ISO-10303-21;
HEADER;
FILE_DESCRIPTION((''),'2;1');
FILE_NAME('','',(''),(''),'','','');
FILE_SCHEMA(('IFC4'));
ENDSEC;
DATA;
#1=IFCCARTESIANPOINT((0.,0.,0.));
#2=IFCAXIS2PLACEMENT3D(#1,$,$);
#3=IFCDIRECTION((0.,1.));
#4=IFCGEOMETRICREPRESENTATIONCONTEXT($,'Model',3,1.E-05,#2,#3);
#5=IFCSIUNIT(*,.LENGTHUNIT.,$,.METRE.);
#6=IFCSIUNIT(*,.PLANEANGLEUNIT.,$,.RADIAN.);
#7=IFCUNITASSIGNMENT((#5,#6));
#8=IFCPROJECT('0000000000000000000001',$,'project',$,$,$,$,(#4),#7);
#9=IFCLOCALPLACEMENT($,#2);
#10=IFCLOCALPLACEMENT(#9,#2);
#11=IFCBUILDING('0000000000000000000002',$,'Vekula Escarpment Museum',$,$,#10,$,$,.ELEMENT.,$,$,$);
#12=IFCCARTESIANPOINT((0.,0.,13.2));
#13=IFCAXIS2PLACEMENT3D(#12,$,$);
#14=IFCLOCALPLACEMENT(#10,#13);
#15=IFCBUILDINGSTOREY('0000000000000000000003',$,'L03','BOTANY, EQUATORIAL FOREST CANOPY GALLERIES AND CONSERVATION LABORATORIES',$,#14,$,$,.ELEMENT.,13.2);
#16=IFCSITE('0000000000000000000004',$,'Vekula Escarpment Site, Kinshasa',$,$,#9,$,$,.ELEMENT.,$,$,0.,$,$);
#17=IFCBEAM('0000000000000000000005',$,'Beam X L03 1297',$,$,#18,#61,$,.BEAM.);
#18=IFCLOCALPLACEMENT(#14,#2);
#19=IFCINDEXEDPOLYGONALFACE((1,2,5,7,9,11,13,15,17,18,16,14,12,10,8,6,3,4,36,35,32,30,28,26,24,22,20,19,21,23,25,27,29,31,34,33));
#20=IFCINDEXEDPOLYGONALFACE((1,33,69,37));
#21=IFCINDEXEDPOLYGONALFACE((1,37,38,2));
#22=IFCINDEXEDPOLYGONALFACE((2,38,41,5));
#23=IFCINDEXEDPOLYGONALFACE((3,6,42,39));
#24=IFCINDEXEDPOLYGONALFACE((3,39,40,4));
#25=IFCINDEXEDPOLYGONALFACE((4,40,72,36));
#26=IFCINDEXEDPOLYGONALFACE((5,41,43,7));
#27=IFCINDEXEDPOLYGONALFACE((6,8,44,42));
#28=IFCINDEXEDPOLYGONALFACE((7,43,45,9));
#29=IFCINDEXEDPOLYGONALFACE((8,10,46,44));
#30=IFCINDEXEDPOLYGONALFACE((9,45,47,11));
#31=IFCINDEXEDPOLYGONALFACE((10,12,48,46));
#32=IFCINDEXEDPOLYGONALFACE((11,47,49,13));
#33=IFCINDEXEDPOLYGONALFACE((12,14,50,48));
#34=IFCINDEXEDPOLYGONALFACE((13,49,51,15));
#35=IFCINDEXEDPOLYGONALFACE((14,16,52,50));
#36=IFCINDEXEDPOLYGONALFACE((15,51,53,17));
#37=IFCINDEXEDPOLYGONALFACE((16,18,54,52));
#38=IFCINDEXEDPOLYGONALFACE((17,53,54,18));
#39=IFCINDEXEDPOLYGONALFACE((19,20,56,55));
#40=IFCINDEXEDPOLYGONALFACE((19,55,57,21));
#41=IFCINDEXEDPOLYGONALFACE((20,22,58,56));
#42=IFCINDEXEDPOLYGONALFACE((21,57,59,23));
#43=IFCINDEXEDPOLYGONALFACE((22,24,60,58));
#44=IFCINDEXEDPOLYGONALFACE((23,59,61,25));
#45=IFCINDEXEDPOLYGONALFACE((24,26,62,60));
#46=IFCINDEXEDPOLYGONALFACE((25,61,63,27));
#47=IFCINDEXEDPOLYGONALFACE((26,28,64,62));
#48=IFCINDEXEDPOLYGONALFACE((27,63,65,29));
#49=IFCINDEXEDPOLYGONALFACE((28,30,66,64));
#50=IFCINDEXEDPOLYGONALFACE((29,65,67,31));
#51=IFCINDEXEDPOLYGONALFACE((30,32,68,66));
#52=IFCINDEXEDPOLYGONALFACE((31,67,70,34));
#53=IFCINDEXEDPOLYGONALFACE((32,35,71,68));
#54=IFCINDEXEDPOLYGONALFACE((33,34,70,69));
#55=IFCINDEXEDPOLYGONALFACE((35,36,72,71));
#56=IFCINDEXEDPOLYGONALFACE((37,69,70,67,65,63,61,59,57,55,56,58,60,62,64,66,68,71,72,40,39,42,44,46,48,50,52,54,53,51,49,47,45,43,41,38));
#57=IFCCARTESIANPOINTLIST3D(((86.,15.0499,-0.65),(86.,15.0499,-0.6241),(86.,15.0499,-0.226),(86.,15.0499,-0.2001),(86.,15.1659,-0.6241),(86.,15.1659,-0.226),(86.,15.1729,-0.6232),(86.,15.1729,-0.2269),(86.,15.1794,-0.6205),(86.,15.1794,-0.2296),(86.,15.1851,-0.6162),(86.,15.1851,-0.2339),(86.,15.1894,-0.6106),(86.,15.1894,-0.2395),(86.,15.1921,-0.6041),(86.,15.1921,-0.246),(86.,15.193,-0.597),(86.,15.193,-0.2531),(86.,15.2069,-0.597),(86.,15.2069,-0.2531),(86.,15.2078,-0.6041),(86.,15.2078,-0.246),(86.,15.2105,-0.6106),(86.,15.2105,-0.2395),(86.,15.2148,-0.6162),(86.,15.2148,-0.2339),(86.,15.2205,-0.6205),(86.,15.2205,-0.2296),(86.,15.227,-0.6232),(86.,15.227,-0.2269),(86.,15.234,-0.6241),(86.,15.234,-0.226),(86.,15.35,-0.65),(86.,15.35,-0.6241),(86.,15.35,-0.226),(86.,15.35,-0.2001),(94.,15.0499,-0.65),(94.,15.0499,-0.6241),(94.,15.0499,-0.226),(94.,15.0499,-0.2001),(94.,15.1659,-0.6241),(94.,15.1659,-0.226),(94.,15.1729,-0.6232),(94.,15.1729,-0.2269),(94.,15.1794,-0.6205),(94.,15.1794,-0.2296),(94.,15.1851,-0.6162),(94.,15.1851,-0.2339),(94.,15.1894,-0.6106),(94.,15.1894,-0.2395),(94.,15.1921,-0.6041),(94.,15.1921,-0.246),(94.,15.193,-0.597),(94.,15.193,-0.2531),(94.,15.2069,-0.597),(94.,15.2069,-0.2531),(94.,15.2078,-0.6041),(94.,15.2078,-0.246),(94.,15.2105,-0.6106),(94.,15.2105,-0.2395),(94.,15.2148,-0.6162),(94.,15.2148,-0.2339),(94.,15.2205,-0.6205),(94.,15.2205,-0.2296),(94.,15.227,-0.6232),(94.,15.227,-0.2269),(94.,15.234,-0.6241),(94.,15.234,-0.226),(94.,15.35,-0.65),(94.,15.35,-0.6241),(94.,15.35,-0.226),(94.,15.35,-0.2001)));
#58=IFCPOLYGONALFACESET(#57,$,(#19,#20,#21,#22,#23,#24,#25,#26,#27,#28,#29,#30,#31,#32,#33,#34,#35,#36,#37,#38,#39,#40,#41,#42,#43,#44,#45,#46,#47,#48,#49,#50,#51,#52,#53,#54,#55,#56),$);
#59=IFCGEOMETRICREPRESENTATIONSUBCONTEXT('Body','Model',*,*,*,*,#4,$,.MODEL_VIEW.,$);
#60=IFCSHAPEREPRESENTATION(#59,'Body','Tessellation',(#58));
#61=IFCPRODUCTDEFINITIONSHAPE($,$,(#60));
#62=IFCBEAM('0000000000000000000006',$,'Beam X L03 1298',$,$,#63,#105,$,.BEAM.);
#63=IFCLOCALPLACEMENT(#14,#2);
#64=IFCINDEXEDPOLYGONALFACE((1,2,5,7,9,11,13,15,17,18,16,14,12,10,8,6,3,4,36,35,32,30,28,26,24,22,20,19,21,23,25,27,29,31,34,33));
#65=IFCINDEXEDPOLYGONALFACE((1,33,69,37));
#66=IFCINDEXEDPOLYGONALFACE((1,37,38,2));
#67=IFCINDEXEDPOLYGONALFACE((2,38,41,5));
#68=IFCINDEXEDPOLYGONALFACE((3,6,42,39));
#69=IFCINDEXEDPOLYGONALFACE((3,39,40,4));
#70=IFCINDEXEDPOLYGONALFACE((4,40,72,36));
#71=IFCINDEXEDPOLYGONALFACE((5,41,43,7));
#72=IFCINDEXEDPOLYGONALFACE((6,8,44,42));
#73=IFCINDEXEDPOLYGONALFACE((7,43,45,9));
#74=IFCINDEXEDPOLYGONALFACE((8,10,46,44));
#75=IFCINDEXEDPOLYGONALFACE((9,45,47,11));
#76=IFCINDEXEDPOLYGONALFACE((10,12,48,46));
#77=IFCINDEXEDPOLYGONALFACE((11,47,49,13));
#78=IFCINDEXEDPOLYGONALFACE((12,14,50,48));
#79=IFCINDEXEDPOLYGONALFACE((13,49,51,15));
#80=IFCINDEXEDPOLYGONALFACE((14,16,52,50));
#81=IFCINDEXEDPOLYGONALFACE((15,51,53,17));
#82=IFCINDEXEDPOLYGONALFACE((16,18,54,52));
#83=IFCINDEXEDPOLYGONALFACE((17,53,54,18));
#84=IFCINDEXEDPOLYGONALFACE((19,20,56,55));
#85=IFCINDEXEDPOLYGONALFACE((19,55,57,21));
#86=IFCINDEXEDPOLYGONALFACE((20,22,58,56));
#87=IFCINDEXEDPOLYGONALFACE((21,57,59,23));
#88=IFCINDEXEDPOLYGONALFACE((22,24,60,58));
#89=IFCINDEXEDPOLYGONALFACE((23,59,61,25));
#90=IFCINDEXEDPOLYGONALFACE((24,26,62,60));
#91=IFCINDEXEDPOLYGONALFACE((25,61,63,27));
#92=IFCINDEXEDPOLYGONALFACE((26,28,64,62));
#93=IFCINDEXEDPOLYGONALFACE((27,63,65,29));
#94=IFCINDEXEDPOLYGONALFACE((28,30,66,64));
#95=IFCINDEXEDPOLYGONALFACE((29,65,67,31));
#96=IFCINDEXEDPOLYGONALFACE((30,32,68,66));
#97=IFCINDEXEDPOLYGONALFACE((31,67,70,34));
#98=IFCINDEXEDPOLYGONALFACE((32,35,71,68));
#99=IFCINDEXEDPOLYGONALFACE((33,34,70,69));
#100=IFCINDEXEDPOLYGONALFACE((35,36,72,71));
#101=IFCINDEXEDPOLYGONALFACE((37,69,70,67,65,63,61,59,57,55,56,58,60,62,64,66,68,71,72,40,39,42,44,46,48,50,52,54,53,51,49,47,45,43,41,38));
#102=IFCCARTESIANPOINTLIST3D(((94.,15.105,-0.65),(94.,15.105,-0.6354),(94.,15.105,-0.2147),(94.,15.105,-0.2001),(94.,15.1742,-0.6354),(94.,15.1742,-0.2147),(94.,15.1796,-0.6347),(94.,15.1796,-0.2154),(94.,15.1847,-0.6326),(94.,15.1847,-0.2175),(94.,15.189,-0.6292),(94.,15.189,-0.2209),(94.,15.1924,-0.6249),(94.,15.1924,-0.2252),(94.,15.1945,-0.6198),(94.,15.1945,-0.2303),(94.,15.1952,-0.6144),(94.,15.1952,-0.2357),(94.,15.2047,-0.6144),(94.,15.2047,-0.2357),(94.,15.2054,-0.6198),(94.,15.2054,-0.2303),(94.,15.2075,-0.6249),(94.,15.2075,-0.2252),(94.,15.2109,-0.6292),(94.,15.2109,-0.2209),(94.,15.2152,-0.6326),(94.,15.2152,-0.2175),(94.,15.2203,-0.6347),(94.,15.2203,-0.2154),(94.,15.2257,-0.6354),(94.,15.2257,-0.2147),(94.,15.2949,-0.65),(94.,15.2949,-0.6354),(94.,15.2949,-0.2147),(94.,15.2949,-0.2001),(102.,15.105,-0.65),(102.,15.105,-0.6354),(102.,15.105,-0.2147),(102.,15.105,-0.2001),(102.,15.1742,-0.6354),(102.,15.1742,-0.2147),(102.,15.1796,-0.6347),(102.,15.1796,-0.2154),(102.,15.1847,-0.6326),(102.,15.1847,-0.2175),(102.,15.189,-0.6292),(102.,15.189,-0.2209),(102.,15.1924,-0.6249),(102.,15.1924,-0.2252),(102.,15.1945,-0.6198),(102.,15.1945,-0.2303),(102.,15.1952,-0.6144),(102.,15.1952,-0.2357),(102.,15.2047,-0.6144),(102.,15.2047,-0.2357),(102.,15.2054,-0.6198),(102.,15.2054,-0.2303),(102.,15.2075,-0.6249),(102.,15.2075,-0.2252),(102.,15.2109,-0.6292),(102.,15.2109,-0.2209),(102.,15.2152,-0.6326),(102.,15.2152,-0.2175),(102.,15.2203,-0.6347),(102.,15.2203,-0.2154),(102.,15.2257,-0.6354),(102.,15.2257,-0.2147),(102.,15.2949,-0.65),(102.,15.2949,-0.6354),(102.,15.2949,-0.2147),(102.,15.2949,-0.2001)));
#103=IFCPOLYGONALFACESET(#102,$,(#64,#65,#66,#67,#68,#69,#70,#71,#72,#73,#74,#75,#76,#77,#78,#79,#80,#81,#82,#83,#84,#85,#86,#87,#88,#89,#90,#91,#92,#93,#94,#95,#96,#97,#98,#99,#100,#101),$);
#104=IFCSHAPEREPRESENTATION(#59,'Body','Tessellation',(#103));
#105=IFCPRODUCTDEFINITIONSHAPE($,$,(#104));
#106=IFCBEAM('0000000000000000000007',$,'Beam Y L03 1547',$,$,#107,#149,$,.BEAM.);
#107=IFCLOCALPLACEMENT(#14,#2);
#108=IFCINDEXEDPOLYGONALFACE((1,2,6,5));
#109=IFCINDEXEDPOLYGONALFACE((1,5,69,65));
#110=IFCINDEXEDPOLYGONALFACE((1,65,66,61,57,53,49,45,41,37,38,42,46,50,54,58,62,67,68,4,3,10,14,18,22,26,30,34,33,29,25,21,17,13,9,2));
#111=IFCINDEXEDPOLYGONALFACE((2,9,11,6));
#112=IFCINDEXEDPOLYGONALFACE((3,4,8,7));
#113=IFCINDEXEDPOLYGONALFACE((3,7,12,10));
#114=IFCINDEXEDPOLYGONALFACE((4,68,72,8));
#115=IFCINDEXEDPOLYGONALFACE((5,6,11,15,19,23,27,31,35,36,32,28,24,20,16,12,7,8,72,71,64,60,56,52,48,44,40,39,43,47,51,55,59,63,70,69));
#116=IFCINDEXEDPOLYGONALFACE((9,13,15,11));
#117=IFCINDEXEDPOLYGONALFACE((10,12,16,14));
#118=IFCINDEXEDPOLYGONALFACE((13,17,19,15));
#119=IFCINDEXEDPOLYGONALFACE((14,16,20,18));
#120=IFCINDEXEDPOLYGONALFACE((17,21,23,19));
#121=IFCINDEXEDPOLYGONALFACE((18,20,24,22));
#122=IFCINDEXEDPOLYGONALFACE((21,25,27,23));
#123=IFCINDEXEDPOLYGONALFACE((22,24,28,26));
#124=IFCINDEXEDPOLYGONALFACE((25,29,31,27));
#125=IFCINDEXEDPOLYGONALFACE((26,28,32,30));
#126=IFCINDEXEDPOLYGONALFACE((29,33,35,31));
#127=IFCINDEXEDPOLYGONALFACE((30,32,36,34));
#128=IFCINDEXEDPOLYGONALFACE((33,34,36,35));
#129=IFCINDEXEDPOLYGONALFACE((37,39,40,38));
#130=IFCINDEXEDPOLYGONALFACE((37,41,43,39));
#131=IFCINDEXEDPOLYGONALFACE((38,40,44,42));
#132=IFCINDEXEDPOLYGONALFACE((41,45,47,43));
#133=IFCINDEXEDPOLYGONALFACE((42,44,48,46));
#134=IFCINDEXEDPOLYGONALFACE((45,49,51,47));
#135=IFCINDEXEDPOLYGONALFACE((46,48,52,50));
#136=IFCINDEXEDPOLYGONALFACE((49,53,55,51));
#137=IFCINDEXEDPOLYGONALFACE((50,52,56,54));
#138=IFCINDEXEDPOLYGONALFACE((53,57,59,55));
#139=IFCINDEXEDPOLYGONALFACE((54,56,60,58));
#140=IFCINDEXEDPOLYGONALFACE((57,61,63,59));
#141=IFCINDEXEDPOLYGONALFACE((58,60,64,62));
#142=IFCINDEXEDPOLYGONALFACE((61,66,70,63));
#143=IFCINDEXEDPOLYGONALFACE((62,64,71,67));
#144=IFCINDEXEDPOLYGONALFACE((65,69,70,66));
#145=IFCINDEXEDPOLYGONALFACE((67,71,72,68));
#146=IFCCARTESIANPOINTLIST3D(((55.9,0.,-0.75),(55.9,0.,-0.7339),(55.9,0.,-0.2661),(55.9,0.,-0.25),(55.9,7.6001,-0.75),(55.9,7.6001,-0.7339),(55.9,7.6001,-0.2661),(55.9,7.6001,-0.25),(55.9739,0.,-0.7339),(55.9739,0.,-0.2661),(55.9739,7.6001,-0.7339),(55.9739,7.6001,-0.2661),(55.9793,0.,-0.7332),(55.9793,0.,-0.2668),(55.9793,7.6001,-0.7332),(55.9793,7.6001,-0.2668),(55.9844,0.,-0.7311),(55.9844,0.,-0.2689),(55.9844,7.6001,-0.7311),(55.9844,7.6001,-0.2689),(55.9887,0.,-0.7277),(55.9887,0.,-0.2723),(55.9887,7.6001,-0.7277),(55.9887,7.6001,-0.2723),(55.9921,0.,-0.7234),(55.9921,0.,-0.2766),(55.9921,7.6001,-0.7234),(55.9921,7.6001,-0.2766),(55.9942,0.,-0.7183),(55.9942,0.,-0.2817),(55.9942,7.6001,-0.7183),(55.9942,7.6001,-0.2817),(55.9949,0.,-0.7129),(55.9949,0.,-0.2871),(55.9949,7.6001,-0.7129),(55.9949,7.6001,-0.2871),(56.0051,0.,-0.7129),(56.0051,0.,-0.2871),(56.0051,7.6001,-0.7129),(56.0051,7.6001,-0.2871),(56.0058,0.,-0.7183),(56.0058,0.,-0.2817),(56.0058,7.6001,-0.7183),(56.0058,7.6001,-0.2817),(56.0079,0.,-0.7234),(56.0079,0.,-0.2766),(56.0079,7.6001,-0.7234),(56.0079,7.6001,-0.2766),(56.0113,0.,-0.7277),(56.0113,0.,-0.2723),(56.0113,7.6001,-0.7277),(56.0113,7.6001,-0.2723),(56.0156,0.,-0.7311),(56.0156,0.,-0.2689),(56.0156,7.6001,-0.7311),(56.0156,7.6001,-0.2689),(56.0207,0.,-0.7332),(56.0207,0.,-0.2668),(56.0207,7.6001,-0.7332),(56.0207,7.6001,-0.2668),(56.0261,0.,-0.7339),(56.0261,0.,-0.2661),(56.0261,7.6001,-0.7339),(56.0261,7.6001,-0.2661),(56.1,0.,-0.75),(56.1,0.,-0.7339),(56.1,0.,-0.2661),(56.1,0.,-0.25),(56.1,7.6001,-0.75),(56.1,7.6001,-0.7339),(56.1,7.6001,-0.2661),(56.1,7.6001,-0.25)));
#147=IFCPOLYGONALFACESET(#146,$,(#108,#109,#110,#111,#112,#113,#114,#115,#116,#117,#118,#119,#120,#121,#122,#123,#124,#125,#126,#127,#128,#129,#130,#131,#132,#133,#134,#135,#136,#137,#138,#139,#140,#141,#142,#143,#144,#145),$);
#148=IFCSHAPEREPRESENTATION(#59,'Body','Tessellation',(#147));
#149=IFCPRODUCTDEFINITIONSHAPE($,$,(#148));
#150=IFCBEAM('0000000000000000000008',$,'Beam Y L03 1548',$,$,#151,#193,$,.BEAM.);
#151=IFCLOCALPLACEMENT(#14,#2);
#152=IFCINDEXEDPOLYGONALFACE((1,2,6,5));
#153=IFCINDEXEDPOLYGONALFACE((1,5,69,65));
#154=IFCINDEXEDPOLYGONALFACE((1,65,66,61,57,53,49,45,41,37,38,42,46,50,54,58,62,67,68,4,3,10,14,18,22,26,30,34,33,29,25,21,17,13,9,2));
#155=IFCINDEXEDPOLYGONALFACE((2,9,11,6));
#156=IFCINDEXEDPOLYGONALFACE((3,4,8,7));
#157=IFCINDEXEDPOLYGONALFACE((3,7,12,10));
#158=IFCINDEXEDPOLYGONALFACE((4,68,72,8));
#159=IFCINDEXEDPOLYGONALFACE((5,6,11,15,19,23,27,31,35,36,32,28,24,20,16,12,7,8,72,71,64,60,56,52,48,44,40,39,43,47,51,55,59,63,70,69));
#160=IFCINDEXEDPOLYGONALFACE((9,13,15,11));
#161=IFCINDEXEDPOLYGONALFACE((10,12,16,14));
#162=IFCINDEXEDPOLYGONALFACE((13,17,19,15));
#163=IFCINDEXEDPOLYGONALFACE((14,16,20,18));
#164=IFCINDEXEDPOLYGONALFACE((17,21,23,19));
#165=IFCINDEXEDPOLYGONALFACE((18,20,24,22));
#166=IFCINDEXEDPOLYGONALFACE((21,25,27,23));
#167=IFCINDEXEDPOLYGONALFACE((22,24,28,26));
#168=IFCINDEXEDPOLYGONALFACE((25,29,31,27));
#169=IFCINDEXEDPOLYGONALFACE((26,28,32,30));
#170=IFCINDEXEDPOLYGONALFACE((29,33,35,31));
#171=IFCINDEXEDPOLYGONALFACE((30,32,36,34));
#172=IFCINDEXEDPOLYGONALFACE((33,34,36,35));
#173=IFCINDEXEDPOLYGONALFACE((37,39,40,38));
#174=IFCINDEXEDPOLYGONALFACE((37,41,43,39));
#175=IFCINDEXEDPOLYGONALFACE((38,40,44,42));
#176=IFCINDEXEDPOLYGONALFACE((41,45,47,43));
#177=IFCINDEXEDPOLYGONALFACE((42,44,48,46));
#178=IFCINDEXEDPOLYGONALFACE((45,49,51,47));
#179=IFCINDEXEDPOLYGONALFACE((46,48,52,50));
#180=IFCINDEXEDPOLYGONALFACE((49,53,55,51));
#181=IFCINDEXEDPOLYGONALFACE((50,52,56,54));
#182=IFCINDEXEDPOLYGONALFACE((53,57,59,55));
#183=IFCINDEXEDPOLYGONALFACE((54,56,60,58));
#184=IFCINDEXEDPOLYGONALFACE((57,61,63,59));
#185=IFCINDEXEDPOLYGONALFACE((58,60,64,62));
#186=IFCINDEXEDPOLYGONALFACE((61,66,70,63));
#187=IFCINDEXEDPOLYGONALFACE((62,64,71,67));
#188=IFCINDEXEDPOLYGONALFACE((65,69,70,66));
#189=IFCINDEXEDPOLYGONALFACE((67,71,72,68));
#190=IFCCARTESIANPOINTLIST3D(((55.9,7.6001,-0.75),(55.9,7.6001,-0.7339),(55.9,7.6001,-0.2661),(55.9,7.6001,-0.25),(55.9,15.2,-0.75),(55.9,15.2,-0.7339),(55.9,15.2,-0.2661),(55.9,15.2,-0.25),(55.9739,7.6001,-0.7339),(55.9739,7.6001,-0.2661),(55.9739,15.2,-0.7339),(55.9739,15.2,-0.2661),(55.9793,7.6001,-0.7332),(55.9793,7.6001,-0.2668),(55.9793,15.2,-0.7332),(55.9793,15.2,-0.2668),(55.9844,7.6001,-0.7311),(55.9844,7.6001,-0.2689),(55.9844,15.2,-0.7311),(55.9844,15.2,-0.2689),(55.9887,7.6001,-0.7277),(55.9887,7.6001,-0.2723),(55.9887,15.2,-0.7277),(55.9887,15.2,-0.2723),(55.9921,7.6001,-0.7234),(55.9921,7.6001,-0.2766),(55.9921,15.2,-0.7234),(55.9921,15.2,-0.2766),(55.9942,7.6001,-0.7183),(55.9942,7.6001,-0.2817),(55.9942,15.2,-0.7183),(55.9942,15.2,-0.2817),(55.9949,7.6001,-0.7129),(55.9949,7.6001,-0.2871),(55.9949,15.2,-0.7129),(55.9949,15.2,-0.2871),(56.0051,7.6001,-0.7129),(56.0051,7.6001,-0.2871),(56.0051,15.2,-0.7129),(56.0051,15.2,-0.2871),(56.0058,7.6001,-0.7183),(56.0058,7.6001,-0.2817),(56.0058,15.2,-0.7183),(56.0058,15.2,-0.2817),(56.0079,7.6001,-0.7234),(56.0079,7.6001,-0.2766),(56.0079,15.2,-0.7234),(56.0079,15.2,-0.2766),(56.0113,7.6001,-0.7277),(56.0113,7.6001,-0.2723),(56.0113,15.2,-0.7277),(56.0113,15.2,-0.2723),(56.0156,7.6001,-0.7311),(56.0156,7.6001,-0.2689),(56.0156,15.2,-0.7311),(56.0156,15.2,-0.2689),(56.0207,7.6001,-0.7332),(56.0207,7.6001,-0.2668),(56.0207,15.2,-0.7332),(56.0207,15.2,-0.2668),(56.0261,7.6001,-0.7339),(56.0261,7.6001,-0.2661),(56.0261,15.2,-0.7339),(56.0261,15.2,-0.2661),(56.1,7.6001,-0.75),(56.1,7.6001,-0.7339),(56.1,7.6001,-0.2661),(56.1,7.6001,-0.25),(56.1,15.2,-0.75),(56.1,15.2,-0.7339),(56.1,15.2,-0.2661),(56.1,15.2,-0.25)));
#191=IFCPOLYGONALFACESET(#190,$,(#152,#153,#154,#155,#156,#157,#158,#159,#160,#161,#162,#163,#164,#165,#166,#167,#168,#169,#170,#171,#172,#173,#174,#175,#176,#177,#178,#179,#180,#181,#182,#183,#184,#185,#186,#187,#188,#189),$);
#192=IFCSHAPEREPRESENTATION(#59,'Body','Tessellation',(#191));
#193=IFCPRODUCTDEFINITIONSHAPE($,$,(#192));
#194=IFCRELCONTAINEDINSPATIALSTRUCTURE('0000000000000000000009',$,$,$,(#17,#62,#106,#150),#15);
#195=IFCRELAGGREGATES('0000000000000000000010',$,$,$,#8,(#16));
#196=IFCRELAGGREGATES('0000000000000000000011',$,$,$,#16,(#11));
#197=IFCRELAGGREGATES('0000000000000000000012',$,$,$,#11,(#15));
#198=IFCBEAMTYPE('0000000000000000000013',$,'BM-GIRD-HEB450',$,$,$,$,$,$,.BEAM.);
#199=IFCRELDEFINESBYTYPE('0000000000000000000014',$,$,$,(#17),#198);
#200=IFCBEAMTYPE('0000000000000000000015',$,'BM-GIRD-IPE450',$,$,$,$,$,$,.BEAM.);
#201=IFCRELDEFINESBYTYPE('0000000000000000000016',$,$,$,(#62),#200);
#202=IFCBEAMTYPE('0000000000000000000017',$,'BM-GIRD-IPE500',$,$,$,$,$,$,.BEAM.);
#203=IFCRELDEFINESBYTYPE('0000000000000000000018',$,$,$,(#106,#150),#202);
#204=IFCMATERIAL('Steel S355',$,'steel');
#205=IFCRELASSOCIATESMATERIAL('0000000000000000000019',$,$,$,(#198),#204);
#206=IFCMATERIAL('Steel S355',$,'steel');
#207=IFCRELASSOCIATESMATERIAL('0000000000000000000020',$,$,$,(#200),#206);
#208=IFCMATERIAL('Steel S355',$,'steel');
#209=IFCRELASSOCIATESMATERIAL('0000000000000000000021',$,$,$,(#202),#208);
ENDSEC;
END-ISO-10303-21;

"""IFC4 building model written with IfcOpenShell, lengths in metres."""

from ifc_helpers import new_model, si_unit, direction, frame, origin, origin_2d, place, context, subcontext, project, spatial, i_section, extrude, material, material_profile, profile_set, type_object, element, save


model = new_model("IFC4")

# Units and contexts
model_context = context("Model", 3, precision=1e-05, world=origin(), true_north=direction((0.0, 1.0)))
body_context = subcontext(model_context, "Body", "Model", "MODEL_VIEW")
ifc_project = project(units=[si_unit("LENGTHUNIT", "METRE"), si_unit("PLANEANGLEUNIT", "RADIAN")], contexts=[model_context])

# Site, building, storey
site_placement = place(None, origin())
site = spatial("IfcSite", under=ifc_project, at=site_placement, Name="Vekula Escarpment Site, Kinshasa", CompositionType="ELEMENT", RefElevation=0.0)
building_placement = place(site_placement, origin())
building = spatial("IfcBuilding", under=site, at=building_placement, Name="Vekula Escarpment Museum", CompositionType="ELEMENT")
storey_placement = place(building_placement, frame((0.0, 0.0, 13.2)))
storey = spatial("IfcBuildingStorey", under=building, at=storey_placement, Name="L03", Description="BOTANY, EQUATORIAL FOREST CANOPY GALLERIES AND CONSERVATION LABORATORIES", CompositionType="ELEMENT", Elevation=13.2)

# Beams
ifc_material_1 = material(Name="Steel S355", Category="steel")
ifc_material_profile_1 = material_profile(ifc_material_1, i_section(OverallWidth=0.3, OverallDepth=0.45, WebThickness=0.0139, FlangeThickness=0.0259, FilletRadius=0.0271, at=origin_2d()), Name="HEB 450")
ifc_profile_set_1 = profile_set([ifc_material_profile_1], Name="Steel S355")
beam_type_1 = type_object("IfcBeamType", Name="BM-GIRD-HEB450", PredefinedType="BEAM", material=ifc_profile_set_1)
for number, where, z_axis, x_axis, name in (
    (1, (86.0, 15.2, -0.425), (1.0, 0.0, 0.0), (0.0, 1.0, 0.0), "Beam X L03 1297"),
):
    element("IfcBeam", number, at=place(storey_placement, frame(where, z_axis=z_axis, x_axis=x_axis)), inside=storey, type_object=beam_type_1, Name=name, PredefinedType="BEAM", context=body_context, shape_type="SweptSolid", body=[
        extrude(i_section(OverallWidth=0.3, OverallDepth=0.45, WebThickness=0.0139, FlangeThickness=0.0259, FilletRadius=0.0271, at=origin_2d()), origin(), (0.0, 0.0, 1.0), 8.0),
    ])
ifc_material_2 = material(Name="Steel S355", Category="steel")
ifc_material_profile_2 = material_profile(ifc_material_2, i_section(OverallWidth=0.1899, OverallDepth=0.45, WebThickness=0.0095, FlangeThickness=0.0146, FilletRadius=0.021, at=origin_2d()), Name="IPE 450")
ifc_profile_set_2 = profile_set([ifc_material_profile_2], Name="Steel S355")
beam_type_2 = type_object("IfcBeamType", Name="BM-GIRD-IPE450", PredefinedType="BEAM", material=ifc_profile_set_2)
beam_1_placement = place(storey_placement, frame((94.0, 15.2, -0.425), z_axis=(1.0, 0.0, 0.0), x_axis=(0.0, 1.0, 0.0)))
element("IfcBeam", 2, at=beam_1_placement, inside=storey, type_object=beam_type_2, Name="Beam X L03 1298", PredefinedType="BEAM", context=body_context, shape_type="SweptSolid", body=[
    extrude(i_section(OverallWidth=0.1899, OverallDepth=0.45, WebThickness=0.0095, FlangeThickness=0.0146, FilletRadius=0.021, at=origin_2d()), origin(), (0.0, 0.0, 1.0), 8.0),
])
ifc_material_3 = material(Name="Steel S355", Category="steel")
ifc_material_profile_3 = material_profile(ifc_material_3, i_section(OverallWidth=0.2, OverallDepth=0.5, WebThickness=0.0103, FlangeThickness=0.0161, FilletRadius=0.021, at=origin_2d()), Name="IPE 500")
ifc_profile_set_3 = profile_set([ifc_material_profile_3], Name="Steel S355")
beam_type_3 = type_object("IfcBeamType", Name="BM-GIRD-IPE500", PredefinedType="BEAM", material=ifc_profile_set_3)
beam_2_placement = place(storey_placement, frame((56.0, 0.0, -0.5), z_axis=(0.0, 1.0, 0.0), x_axis=(-1.0, 0.0, 0.0)))
element("IfcBeam", 3, at=beam_2_placement, inside=storey, type_object=beam_type_3, Name="Beam Y L03 1547", PredefinedType="BEAM", context=body_context, shape_type="SweptSolid", body=[
    extrude(i_section(OverallWidth=0.2, OverallDepth=0.5, WebThickness=0.0103, FlangeThickness=0.0161, FilletRadius=0.021, at=origin_2d()), origin(), (0.0, 0.0, 1.0), 7.6001),
])
beam_3_placement = place(storey_placement, frame((56.0, 7.6001, -0.5), z_axis=(0.0, 1.0, 0.0), x_axis=(-1.0, 0.0, 0.0)))
element("IfcBeam", 4, at=beam_3_placement, inside=storey, type_object=beam_type_3, Name="Beam Y L03 1548", PredefinedType="BEAM", context=body_context, shape_type="SweptSolid", body=[
    extrude(i_section(OverallWidth=0.2, OverallDepth=0.5, WebThickness=0.0103, FlangeThickness=0.0161, FilletRadius=0.021, at=origin_2d()), origin(), (0.0, 0.0, 1.0), 7.5999),
])

save(model, "model.ifc")
